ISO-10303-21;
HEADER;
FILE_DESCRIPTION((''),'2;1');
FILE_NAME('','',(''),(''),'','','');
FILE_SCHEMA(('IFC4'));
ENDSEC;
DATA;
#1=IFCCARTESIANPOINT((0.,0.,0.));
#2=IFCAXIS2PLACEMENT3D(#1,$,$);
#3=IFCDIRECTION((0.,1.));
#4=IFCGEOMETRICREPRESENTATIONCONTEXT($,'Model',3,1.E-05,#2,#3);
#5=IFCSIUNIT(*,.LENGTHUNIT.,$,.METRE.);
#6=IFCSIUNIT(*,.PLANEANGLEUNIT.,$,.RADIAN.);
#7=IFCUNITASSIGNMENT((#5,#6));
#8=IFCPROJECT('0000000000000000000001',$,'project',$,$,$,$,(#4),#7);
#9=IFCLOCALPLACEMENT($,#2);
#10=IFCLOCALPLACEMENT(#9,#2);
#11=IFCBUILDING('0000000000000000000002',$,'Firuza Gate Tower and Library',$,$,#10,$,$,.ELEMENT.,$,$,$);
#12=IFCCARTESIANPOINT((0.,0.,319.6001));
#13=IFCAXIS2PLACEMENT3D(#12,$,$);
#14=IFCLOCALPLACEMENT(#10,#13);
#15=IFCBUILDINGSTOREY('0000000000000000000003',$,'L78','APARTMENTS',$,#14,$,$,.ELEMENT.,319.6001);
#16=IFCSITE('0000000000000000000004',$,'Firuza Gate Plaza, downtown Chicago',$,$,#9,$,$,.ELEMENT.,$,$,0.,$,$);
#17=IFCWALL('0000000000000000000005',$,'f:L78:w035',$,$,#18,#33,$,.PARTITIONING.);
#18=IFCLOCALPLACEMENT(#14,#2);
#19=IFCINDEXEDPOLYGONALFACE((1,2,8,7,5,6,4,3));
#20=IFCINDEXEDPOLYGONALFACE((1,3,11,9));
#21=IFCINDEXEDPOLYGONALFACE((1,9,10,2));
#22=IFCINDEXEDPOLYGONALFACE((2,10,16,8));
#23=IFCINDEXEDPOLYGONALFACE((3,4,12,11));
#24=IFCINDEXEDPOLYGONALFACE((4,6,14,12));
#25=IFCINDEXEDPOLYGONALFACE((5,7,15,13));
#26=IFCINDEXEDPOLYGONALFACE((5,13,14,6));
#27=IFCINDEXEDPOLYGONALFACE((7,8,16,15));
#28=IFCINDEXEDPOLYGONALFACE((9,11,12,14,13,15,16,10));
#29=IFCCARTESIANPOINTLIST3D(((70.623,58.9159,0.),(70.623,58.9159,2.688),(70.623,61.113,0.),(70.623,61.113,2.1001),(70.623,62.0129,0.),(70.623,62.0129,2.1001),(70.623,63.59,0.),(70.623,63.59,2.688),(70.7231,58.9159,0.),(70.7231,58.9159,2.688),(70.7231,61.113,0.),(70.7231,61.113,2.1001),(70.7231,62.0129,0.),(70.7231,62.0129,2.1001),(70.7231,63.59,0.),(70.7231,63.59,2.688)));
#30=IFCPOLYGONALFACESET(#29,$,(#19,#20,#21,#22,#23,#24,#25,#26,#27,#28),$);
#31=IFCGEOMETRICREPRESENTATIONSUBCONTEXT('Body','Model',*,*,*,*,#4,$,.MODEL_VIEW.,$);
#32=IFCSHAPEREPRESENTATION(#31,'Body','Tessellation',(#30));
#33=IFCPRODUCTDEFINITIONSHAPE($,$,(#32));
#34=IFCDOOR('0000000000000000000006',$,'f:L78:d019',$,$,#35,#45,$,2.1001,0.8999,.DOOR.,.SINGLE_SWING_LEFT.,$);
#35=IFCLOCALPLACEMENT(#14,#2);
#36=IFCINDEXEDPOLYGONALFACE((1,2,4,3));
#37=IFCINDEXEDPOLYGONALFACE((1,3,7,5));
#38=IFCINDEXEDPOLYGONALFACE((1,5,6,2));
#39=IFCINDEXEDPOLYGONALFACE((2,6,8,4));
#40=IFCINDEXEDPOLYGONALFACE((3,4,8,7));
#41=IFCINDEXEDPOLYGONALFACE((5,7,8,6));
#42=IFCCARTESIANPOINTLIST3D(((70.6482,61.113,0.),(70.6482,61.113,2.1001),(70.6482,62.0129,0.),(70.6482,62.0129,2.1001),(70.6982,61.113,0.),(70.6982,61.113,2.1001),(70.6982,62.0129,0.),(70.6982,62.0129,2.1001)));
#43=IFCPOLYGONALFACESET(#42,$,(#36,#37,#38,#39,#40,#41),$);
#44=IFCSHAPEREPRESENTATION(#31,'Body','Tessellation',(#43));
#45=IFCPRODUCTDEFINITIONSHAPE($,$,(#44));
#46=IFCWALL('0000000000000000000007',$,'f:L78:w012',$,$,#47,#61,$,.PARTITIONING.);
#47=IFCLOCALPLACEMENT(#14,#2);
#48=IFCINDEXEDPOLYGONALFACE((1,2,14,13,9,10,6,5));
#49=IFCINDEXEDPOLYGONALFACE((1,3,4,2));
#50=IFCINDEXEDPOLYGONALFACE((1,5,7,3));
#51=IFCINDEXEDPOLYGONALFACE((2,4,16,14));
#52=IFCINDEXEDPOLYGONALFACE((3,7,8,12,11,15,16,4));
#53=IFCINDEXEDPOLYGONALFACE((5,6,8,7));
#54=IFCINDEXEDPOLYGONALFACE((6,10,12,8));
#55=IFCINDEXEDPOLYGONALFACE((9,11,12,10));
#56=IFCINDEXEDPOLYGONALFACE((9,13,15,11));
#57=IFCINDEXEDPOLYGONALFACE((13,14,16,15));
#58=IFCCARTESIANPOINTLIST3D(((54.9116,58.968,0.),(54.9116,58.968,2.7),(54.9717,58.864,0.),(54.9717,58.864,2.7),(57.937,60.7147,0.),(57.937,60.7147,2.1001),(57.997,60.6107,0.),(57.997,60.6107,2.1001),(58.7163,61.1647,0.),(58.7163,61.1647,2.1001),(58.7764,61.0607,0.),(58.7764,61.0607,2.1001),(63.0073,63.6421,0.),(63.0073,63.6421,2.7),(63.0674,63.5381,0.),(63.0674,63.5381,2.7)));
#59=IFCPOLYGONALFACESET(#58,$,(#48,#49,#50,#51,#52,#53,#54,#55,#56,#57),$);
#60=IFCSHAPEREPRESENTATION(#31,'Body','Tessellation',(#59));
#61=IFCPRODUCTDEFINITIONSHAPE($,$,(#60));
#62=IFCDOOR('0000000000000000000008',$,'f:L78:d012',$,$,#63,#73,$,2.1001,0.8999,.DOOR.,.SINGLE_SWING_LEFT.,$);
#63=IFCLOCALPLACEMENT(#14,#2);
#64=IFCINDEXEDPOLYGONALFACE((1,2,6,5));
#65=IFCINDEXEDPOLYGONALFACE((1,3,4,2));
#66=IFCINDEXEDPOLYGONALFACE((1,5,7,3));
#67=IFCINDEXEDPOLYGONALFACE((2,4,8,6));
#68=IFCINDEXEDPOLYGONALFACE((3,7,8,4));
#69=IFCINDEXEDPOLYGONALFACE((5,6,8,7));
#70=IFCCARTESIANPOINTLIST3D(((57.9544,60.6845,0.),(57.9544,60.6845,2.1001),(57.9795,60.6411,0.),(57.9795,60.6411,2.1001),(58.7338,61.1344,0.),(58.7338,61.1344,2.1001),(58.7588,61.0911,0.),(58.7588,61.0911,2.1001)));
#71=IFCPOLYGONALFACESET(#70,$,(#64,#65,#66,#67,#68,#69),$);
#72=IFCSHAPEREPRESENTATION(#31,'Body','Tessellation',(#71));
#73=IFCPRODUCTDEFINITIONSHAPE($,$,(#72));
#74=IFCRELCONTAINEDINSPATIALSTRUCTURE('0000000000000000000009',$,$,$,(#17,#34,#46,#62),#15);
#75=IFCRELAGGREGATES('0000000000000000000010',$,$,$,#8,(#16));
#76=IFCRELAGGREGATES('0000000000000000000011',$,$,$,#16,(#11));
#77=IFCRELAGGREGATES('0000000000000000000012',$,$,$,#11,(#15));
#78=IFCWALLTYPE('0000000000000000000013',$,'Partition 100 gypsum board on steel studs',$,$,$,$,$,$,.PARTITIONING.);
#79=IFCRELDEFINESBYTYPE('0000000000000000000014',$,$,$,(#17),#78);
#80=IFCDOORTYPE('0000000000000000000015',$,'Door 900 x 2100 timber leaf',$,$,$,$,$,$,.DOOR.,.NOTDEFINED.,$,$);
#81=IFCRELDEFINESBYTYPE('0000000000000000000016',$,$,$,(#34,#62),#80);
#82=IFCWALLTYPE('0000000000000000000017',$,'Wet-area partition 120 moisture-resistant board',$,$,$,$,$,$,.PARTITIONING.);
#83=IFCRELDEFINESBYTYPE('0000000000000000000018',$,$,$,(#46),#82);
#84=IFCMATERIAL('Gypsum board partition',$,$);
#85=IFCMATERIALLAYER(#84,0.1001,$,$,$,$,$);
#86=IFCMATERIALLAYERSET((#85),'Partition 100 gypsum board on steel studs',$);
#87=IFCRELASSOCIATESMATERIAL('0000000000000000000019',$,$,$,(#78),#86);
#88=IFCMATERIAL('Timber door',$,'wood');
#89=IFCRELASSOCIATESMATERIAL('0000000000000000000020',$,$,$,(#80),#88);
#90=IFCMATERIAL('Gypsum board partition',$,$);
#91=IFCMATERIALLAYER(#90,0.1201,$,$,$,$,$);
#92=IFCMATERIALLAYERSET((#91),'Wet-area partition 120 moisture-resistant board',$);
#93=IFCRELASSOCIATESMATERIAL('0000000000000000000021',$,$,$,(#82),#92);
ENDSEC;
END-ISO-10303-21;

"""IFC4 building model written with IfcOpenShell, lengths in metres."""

from ifc_helpers import new_model, si_unit, direction, frame, frame_2d, origin, place, context, subcontext, project, spatial, rectangle, extrude, material, layer, layer_set, type_object, element, fill, save


model = new_model("IFC4")

# Units and contexts
model_context = context("Model", 3, precision=1e-05, world=origin(), true_north=direction((0.0, 1.0)))
body_context = subcontext(model_context, "Body", "Model", "MODEL_VIEW")
ifc_project = project(units=[si_unit("LENGTHUNIT", "METRE"), si_unit("PLANEANGLEUNIT", "RADIAN")], contexts=[model_context])

# Site, building, storey
site_placement = place(None, origin())
site = spatial("IfcSite", under=ifc_project, at=site_placement, Name="Firuza Gate Plaza, downtown Chicago", CompositionType="ELEMENT", RefElevation=0.0)
building_placement = place(site_placement, origin())
building = spatial("IfcBuilding", under=site, at=building_placement, Name="Firuza Gate Tower and Library", CompositionType="ELEMENT")
storey_placement = place(building_placement, frame((0.0, 0.0, 319.6001)))
storey = spatial("IfcBuildingStorey", under=building, at=storey_placement, Name="L78", Description="APARTMENTS", CompositionType="ELEMENT", Elevation=319.6001)

# Walls, openings, doors
ifc_material_1 = material(Name="Gypsum board partition")
ifc_layer_1 = layer(ifc_material_1, 0.1001)
ifc_layer_set_1 = layer_set([ifc_layer_1], Name="Partition 100 gypsum board on steel studs")
wall_type_1 = type_object("IfcWallType", Name="Partition 100 gypsum board on steel studs", PredefinedType="PARTITIONING", material=ifc_layer_set_1)
wall_1_placement = place(storey_placement, frame((70.6731, 58.916, 0.0), z_axis=(0.0, 0.0, 1.0), x_axis=(0.0, 1.0, 0.0)))
wall_1 = element("IfcWall", 1, at=wall_1_placement, inside=storey, type_object=wall_type_1, Name="f:L78:w035", PredefinedType="PARTITIONING", context=body_context, shape_type="SweptSolid", body=[
    extrude(rectangle(XDim=4.6741, YDim=0.1001, at=frame_2d((2.3369, 0.0))), origin(), (0.0, 0.0, 1.0), 2.688),
])
opening_1_placement = place(wall_1_placement, frame((2.197, 0.0, 0.0)))
opening_1 = element("IfcOpeningElement", 2, at=opening_1_placement, cuts=wall_1, PredefinedType="OPENING", context=body_context, shape_type="SweptSolid", body=[
    extrude(rectangle(XDim=0.8999, YDim=2.1001, at=frame_2d((0.45, 1.05))), frame((0.0, 0.0601, 0.0), z_axis=(0.0, -1.0, 0.0), x_axis=(1.0, 0.0, 0.0)), (0.0, 0.0, 1.0), 0.1201),
])
ifc_material_2 = material(Name="Timber door", Category="wood")
door_type = type_object("IfcDoorType", Name="Door 900 x 2100 timber leaf", OperationType="NOTDEFINED", PredefinedType="DOOR", material=ifc_material_2)
door_1_placement = place(opening_1_placement, origin())
door_1 = element("IfcDoor", 3, at=door_1_placement, inside=storey, type_object=door_type, Name="f:L78:d019", OperationType="SINGLE_SWING_LEFT", OverallHeight=2.1001, OverallWidth=0.8999, PredefinedType="DOOR", context=body_context, shape_type="SweptSolid", body=[
    extrude(rectangle(XDim=0.8999, YDim=2.1001, at=frame_2d((0.45, 1.05))), frame((0.0, 0.0249, 0.0), z_axis=(0.0, -1.0, 0.0), x_axis=(1.0, 0.0, 0.0)), (0.0, 0.0, 1.0), 0.05),
])
fill(opening_1, door_1)
ifc_material_3 = material(Name="Gypsum board partition")
ifc_layer_2 = layer(ifc_material_3, 0.1201)
ifc_layer_set_2 = layer_set([ifc_layer_2], Name="Wet-area partition 120 moisture-resistant board")
wall_type_2 = type_object("IfcWallType", Name="Wet-area partition 120 moisture-resistant board", PredefinedType="PARTITIONING", material=ifc_layer_set_2)
wall_2_placement = place(storey_placement, frame((63.0374, 63.5901, 0.0), z_axis=(0.0, 0.0, 1.0), x_axis=(-0.866025, -0.500001, 0.0)))
wall_2 = element("IfcWall", 4, at=wall_2_placement, inside=storey, type_object=wall_type_2, Name="f:L78:w012", PredefinedType="PARTITIONING", context=body_context, shape_type="SweptSolid", body=[
    extrude(rectangle(XDim=9.3481, YDim=0.1201, at=frame_2d((4.6741, 0.0))), origin(), (0.0, 0.0, 1.0), 2.7),
])
opening_2_placement = place(wall_2_placement, frame((4.9548, 0.0, 0.0)))
opening_2 = element("IfcOpeningElement", 5, at=opening_2_placement, cuts=wall_2, PredefinedType="OPENING", context=body_context, shape_type="SweptSolid", body=[
    extrude(rectangle(XDim=0.8999, YDim=2.1001, at=frame_2d((0.45, 1.05))), frame((0.0, 0.0701, 0.0), z_axis=(0.0, -1.0, 0.0), x_axis=(1.0, 0.0, 0.0)), (0.0, 0.0, 1.0), 0.1401),
])
door_2_placement = place(opening_2_placement, origin())
door_2 = element("IfcDoor", 6, at=door_2_placement, inside=storey, type_object=door_type, Name="f:L78:d012", OperationType="SINGLE_SWING_LEFT", OverallHeight=2.1001, OverallWidth=0.8999, PredefinedType="DOOR", context=body_context, shape_type="SweptSolid", body=[
    extrude(rectangle(XDim=0.8999, YDim=2.1001, at=frame_2d((0.45, 1.05))), frame((0.0, 0.0249, 0.0), z_axis=(0.0, -1.0, 0.0), x_axis=(1.0, 0.0, 0.0)), (0.0, 0.0, 1.0), 0.05),
])
fill(opening_2, door_2)

save(model, "model.ifc")
